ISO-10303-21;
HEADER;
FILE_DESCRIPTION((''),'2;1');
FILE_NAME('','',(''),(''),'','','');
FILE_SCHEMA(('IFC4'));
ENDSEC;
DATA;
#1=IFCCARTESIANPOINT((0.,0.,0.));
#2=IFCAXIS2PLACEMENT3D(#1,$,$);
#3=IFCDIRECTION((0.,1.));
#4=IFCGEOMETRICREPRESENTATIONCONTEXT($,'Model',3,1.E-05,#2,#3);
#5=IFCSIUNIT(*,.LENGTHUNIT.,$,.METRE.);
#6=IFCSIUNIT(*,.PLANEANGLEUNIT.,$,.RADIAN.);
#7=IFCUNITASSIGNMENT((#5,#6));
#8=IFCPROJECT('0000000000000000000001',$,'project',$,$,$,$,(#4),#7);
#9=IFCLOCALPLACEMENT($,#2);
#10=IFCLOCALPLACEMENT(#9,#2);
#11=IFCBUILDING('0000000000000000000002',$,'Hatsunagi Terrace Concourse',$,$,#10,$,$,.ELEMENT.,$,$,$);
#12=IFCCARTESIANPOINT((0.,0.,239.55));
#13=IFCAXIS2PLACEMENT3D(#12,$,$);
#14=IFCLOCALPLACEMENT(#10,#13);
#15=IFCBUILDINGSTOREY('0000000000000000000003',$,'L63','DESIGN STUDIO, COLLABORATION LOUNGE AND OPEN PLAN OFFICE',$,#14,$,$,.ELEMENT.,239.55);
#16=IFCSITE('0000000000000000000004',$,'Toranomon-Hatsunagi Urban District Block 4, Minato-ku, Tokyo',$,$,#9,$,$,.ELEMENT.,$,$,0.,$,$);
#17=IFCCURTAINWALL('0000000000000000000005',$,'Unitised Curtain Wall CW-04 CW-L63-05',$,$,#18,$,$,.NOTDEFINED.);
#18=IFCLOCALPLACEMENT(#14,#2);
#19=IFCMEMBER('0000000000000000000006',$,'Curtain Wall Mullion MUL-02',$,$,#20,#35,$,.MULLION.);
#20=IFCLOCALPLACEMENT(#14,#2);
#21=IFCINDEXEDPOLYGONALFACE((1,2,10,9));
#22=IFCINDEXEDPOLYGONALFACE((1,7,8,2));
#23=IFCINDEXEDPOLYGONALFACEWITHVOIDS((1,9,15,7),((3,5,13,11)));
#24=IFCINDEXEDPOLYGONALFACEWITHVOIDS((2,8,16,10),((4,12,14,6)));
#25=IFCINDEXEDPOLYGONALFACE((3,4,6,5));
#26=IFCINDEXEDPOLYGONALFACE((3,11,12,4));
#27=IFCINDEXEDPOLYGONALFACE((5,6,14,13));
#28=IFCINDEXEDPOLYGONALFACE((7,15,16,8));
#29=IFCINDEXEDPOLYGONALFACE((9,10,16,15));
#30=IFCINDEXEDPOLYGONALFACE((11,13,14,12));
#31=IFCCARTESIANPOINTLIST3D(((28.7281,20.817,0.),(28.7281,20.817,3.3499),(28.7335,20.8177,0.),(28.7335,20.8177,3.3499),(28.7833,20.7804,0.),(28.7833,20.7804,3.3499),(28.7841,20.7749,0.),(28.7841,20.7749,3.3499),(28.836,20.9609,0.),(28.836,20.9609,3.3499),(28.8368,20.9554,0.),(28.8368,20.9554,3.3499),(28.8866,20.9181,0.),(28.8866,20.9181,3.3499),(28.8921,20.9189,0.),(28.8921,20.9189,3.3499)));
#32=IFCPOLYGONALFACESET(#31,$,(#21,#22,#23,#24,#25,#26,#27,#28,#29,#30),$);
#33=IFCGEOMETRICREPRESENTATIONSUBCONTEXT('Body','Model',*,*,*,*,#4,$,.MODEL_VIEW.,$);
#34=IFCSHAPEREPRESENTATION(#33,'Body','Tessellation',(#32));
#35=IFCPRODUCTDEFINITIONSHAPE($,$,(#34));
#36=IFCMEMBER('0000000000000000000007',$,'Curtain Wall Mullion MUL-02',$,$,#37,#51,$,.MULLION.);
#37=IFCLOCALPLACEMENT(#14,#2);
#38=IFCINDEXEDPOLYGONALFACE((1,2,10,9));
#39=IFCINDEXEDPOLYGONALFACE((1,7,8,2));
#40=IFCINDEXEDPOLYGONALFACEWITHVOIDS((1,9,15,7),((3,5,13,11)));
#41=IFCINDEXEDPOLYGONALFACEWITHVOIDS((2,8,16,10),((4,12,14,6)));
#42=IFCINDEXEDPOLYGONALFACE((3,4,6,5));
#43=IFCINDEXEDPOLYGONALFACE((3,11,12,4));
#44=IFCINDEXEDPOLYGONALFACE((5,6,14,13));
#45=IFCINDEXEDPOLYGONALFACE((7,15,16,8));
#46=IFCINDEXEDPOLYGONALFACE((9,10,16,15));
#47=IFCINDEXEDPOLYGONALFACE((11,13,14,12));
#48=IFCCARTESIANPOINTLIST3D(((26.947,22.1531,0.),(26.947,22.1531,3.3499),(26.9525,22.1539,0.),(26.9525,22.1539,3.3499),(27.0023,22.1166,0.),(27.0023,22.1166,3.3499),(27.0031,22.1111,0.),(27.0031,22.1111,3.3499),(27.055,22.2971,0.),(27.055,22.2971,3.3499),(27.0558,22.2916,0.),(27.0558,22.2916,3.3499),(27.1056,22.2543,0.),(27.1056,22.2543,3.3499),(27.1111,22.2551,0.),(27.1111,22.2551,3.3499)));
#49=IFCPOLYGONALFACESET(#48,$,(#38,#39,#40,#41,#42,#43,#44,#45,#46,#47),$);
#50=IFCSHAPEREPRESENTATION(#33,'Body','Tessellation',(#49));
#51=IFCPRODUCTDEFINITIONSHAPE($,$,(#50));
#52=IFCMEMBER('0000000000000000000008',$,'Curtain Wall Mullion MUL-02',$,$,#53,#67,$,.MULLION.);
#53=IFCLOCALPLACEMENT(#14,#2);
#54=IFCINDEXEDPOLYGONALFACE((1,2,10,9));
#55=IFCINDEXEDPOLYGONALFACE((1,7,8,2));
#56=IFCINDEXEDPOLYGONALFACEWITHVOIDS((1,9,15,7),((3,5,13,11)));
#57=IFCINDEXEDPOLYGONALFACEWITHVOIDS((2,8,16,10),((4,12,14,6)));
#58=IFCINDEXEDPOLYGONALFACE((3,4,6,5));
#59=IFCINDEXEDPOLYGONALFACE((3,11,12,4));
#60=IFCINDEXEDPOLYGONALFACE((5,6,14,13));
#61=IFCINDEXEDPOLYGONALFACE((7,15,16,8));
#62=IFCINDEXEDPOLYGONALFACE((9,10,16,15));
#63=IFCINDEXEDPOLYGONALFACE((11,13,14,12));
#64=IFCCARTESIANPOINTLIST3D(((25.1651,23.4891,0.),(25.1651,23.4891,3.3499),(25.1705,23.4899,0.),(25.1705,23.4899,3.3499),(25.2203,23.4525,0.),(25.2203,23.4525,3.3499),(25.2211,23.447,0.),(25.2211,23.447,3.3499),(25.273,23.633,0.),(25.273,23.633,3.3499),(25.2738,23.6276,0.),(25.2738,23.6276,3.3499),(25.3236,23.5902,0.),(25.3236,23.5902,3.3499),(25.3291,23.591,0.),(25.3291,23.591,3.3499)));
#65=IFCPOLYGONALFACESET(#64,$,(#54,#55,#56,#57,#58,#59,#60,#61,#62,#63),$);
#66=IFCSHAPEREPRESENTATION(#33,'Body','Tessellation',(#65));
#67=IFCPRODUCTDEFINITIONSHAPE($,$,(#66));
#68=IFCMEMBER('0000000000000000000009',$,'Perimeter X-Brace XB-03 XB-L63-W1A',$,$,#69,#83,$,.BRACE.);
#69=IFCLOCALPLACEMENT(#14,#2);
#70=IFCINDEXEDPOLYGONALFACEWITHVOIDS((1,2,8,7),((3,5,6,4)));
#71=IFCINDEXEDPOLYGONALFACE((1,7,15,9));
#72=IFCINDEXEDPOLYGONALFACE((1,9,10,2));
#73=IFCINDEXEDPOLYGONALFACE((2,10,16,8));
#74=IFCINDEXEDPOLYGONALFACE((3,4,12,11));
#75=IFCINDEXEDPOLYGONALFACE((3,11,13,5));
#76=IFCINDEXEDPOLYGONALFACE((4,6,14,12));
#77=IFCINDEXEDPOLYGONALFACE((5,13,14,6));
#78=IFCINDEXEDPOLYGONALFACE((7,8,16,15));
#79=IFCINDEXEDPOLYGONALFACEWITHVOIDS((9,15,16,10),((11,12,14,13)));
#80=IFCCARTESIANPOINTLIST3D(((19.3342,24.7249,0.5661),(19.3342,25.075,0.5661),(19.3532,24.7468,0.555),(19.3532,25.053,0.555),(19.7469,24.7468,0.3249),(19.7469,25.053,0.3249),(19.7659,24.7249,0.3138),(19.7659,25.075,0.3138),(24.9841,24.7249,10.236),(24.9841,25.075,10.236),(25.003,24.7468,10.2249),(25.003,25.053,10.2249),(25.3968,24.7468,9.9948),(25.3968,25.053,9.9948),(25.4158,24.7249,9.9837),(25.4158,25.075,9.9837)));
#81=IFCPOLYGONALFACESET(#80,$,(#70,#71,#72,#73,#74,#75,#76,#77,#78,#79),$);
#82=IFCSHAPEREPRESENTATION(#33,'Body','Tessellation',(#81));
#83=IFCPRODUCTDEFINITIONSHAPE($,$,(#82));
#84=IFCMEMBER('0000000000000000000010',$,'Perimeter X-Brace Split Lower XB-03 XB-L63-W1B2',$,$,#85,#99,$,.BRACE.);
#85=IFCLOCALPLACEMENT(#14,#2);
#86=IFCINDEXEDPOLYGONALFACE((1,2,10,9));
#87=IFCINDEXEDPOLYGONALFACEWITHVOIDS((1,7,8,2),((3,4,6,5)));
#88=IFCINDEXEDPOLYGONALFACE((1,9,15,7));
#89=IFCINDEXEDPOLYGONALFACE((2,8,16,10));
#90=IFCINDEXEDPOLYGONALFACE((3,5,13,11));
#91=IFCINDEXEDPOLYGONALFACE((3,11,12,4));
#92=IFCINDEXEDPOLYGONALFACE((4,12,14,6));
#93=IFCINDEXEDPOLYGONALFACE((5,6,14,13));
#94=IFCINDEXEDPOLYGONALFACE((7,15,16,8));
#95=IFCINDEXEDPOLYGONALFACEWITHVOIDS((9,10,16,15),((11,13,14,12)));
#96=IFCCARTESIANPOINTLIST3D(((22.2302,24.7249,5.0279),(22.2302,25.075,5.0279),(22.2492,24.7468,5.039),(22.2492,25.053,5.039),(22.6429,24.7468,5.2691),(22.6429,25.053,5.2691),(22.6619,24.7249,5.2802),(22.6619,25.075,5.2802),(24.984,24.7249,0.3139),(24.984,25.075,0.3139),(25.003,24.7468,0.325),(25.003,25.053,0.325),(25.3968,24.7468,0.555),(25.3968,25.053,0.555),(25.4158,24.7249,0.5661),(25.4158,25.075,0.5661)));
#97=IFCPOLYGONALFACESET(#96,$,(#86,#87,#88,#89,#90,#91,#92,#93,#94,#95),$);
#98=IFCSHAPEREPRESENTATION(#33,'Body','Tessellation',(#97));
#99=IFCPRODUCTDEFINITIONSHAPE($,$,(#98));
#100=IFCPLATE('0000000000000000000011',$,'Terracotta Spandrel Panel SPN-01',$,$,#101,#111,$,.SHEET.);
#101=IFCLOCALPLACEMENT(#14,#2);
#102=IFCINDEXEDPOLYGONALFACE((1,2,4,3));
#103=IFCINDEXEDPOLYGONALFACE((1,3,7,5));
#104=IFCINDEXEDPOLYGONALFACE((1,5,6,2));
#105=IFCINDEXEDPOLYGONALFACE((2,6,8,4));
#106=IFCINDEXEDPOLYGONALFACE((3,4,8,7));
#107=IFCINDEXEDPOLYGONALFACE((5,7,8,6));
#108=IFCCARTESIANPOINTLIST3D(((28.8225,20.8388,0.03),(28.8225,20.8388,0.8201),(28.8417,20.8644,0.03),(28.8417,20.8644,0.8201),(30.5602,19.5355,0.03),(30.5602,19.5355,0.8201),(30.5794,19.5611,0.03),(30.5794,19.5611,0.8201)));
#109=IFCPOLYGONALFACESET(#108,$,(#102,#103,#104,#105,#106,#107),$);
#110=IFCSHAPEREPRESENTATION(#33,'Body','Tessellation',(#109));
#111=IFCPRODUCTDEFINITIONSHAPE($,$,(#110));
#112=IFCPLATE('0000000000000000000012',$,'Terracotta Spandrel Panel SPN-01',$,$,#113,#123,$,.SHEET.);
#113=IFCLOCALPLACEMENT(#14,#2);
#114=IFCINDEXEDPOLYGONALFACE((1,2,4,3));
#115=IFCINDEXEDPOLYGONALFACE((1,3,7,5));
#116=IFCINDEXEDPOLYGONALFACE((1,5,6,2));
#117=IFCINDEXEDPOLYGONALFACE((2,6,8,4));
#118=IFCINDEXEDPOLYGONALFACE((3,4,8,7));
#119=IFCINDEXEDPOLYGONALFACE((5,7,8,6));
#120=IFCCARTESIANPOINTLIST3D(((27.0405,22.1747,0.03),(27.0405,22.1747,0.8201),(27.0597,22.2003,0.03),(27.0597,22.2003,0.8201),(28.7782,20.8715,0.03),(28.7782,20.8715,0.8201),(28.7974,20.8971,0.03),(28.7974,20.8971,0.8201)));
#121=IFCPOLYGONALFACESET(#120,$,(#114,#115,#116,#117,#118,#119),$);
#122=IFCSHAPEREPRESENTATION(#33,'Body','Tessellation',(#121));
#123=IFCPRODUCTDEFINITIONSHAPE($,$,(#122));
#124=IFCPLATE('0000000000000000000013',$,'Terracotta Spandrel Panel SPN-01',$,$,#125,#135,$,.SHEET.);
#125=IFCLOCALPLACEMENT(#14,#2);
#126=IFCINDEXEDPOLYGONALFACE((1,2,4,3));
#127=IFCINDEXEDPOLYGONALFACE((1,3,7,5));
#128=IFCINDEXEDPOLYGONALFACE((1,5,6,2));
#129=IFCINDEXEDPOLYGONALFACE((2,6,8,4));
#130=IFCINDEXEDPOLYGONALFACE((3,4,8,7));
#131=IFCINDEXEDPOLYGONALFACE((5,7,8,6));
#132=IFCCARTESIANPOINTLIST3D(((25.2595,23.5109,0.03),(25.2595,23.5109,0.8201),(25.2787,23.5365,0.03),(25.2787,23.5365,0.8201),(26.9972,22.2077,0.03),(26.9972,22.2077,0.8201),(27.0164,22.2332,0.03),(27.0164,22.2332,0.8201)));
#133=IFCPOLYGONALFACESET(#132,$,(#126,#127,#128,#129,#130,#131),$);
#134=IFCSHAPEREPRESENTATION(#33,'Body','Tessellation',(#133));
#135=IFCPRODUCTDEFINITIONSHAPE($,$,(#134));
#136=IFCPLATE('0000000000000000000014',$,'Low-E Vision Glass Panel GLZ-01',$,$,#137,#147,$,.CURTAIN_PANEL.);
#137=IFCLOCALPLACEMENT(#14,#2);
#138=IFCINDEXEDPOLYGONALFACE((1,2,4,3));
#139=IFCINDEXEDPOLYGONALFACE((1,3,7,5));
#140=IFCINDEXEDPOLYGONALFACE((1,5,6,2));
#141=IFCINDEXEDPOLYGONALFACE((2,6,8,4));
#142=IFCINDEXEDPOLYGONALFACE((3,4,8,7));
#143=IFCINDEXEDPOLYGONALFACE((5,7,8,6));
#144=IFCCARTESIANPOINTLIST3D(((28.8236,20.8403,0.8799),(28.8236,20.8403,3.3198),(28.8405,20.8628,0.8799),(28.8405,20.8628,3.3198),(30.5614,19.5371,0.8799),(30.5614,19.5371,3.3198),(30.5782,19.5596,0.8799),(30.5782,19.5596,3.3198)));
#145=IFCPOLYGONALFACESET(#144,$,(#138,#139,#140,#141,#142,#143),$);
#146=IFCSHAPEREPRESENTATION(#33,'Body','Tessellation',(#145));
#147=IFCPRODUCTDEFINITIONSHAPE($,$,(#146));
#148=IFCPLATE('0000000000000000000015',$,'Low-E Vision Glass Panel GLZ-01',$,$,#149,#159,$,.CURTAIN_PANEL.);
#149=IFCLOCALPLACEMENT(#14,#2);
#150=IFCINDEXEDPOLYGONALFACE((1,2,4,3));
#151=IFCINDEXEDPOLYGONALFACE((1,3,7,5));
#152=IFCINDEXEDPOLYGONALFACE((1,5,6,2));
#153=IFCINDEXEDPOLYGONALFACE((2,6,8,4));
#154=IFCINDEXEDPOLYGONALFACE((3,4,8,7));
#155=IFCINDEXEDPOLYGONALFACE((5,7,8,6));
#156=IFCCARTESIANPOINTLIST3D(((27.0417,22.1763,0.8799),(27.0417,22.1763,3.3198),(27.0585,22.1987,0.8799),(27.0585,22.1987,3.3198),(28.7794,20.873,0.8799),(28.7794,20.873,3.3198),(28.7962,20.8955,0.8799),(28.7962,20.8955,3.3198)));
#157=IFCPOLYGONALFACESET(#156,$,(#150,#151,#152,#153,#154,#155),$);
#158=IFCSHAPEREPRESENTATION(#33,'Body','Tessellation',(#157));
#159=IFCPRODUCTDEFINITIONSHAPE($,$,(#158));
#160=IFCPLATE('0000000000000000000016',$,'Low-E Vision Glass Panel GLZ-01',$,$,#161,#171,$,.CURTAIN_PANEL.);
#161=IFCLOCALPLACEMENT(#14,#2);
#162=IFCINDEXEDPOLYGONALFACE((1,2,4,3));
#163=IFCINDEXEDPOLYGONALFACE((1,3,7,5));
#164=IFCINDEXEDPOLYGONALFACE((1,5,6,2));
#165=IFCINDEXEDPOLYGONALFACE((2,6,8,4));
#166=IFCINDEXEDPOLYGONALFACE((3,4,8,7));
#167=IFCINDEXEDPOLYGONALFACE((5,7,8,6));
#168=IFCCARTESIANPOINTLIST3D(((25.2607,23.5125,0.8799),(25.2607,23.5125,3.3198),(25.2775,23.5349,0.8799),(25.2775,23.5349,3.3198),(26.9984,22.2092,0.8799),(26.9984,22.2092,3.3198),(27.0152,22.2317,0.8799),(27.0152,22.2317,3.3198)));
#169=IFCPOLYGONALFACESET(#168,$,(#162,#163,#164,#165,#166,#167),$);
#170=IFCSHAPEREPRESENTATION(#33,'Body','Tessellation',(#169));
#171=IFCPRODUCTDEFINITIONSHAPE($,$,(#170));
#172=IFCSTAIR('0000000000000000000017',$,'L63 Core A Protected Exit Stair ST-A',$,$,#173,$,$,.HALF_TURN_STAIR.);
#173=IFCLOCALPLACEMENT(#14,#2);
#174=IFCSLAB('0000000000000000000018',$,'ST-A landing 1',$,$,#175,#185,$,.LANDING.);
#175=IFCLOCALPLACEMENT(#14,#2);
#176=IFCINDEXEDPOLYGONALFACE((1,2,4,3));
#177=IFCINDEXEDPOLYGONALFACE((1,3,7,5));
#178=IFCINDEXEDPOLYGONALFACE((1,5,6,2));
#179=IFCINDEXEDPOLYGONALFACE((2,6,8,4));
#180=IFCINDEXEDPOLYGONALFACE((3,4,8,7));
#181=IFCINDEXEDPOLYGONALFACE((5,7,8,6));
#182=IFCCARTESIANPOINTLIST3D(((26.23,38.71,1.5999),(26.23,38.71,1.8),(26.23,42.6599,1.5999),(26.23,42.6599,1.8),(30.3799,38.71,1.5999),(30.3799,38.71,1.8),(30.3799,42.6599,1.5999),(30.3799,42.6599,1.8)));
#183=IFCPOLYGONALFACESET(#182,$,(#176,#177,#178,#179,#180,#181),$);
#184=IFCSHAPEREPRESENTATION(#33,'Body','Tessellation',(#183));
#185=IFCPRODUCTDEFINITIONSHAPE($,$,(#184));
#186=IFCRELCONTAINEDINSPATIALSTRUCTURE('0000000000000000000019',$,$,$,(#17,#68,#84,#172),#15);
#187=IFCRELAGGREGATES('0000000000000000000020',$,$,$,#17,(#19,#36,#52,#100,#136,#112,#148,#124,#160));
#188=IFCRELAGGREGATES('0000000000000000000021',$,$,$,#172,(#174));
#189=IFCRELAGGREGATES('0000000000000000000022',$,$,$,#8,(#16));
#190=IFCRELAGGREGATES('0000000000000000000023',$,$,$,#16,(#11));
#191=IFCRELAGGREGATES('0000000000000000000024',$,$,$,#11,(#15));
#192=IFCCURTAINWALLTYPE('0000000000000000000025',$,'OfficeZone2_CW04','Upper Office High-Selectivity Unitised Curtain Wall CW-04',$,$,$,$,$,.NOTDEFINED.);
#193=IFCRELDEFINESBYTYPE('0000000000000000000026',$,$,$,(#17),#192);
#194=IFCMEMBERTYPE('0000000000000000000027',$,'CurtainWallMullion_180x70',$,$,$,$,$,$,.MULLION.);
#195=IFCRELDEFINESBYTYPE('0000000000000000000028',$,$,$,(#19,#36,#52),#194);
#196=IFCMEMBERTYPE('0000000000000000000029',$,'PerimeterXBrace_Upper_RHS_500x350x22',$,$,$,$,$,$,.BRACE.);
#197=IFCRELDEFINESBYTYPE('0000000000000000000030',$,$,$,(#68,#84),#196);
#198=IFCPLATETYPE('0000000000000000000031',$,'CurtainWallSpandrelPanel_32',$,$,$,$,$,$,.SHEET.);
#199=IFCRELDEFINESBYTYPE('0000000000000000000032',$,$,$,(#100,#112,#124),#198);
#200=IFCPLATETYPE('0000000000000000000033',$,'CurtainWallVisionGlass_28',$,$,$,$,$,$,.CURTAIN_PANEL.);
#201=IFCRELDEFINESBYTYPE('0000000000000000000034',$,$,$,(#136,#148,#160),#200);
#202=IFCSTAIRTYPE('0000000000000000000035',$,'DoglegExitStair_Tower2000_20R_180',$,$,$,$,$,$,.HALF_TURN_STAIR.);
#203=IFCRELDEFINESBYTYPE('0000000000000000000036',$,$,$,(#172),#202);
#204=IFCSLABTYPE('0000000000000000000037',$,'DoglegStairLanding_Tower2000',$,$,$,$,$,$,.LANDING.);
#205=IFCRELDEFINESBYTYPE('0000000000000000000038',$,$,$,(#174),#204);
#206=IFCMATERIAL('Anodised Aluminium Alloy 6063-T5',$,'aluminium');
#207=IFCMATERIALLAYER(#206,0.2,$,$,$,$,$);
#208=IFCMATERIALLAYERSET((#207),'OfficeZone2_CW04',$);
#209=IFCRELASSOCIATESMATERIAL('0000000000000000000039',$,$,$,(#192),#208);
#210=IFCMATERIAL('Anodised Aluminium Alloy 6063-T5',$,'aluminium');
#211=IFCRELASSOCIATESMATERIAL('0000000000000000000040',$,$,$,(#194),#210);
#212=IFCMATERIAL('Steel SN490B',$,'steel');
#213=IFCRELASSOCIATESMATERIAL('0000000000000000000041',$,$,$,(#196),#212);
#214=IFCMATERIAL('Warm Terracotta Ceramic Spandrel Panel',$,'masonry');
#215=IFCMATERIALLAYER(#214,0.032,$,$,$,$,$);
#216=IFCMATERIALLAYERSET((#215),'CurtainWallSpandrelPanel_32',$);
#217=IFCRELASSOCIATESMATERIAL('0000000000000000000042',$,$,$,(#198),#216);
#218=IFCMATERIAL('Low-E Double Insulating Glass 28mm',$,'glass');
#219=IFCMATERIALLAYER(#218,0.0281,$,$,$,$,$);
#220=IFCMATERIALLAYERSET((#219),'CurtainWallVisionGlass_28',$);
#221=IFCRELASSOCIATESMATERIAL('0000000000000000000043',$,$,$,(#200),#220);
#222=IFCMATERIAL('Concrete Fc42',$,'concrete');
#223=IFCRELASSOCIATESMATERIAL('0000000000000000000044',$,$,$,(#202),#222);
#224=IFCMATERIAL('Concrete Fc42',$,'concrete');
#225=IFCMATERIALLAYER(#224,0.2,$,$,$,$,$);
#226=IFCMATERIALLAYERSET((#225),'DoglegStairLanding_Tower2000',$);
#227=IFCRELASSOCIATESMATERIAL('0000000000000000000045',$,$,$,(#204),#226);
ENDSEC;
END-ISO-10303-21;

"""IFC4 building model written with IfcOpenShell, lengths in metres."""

from ifc_helpers import new_model, si_unit, direction, frame, origin, origin_2d, place, context, subcontext, project, spatial, polyline, rectangle, hollow_rectangle, outline, extrude, material, layer, layer_set, material_profile, profile_set, type_object, element, aggregate, save


model = new_model("IFC4")

# Units and contexts
model_context = context("Model", 3, precision=1e-05, world=origin(), true_north=direction((0.0, 1.0)))
body_context = subcontext(model_context, "Body", "Model", "MODEL_VIEW")
ifc_project = project(units=[si_unit("LENGTHUNIT", "METRE"), si_unit("PLANEANGLEUNIT", "RADIAN")], contexts=[model_context])

# Site, building, storey
site_placement = place(None, origin())
site = spatial("IfcSite", under=ifc_project, at=site_placement, Name="Toranomon-Hatsunagi Urban District Block 4, Minato-ku, Tokyo", CompositionType="ELEMENT", RefElevation=0.0)
building_placement = place(site_placement, origin())
building = spatial("IfcBuilding", under=site, at=building_placement, Name="Hatsunagi Terrace Concourse", CompositionType="ELEMENT")
storey_placement = place(building_placement, frame((0.0, 0.0, 239.55)))
storey = spatial("IfcBuildingStorey", under=building, at=storey_placement, Name="L63", Description="DESIGN STUDIO, COLLABORATION LOUNGE AND OPEN PLAN OFFICE", CompositionType="ELEMENT", Elevation=239.55)

# Curtain wall, members
ifc_material_1 = material(Name="Anodised Aluminium Alloy 6063-T5", Category="aluminium")
ifc_layer_1 = layer(ifc_material_1, 0.2)
ifc_layer_set_1 = layer_set([ifc_layer_1], Name="OfficeZone2_CW04")
curtain_wall_type = type_object("IfcCurtainWallType", Name="OfficeZone2_CW04", Description="Upper Office High-Selectivity Unitised Curtain Wall CW-04", PredefinedType="NOTDEFINED", material=ifc_layer_set_1)
curtain_wall_placement = place(storey_placement, origin())
curtain_wall = element("IfcCurtainWall", 1, at=curtain_wall_placement, inside=storey, type_object=curtain_wall_type, Name="Unitised Curtain Wall CW-04 CW-L63-05", PredefinedType="NOTDEFINED")
ifc_material_2 = material(Name="Anodised Aluminium Alloy 6063-T5", Category="aluminium")
ifc_material_profile_1 = material_profile(ifc_material_2, hollow_rectangle(XDim=0.0701, YDim=0.1799, WallThickness=0.0039, at=origin_2d()), Name="ALU-MUL-180x70x4")
ifc_profile_set_1 = profile_set([ifc_material_profile_1], Name="Anodised Aluminium Alloy 6063-T5")
member_type_1 = type_object("IfcMemberType", Name="CurtainWallMullion_180x70", PredefinedType="MULLION", material=ifc_profile_set_1)
member_1_placement = place(storey_placement, frame((28.8101, 20.8679, 0.0), z_axis=(0.0, 0.0, 1.0), x_axis=(-0.800007, 0.59999, 0.0)))
member_1 = element("IfcMember", 2, at=member_1_placement, type_object=member_type_1, Name="Curtain Wall Mullion MUL-02", PredefinedType="MULLION", context=body_context, shape_type="SweptSolid", body=[
    extrude(hollow_rectangle(XDim=0.0701, YDim=0.1799, WallThickness=0.0039, at=origin_2d()), origin(), (0.0, 0.0, 1.0), 3.3499),
])
member_2_placement = place(storey_placement, frame((27.0291, 22.2041, 0.0), z_axis=(0.0, 0.0, 1.0), x_axis=(-0.800007, 0.59999, 0.0)))
member_2 = element("IfcMember", 3, at=member_2_placement, type_object=member_type_1, Name="Curtain Wall Mullion MUL-02", PredefinedType="MULLION", context=body_context, shape_type="SweptSolid", body=[
    extrude(hollow_rectangle(XDim=0.0701, YDim=0.1799, WallThickness=0.0039, at=origin_2d()), origin(), (0.0, 0.0, 1.0), 3.3499),
])
member_3_placement = place(storey_placement, frame((25.2471, 23.54, 0.0), z_axis=(0.0, 0.0, 1.0), x_axis=(-0.800007, 0.59999, 0.0)))
member_3 = element("IfcMember", 4, at=member_3_placement, type_object=member_type_1, Name="Curtain Wall Mullion MUL-02", PredefinedType="MULLION", context=body_context, shape_type="SweptSolid", body=[
    extrude(hollow_rectangle(XDim=0.0701, YDim=0.1799, WallThickness=0.0039, at=origin_2d()), origin(), (0.0, 0.0, 1.0), 3.3499),
])

# Members
ifc_material_3 = material(Name="Steel SN490B", Category="steel")
ifc_material_profile_2 = material_profile(ifc_material_3, hollow_rectangle(XDim=0.3501, YDim=0.5, WallThickness=0.022, at=origin_2d()), Name="RHS-500x350x22")
ifc_profile_set_2 = profile_set([ifc_material_profile_2], Name="Steel SN490B")
member_type_2 = type_object("IfcMemberType", Name="PerimeterXBrace_Upper_RHS_500x350x22", PredefinedType="BRACE", material=ifc_profile_set_2)
member_4_placement = place(storey_placement, frame((19.55, 24.8999, 0.4399), z_axis=(0.504478, 0.0, 0.863424), x_axis=(0.0, 1.0, 0.0)))
element("IfcMember", 5, at=member_4_placement, inside=storey, type_object=member_type_2, Name="Perimeter X-Brace XB-03 XB-L63-W1A", PredefinedType="BRACE", context=body_context, shape_type="SweptSolid", body=[
    extrude(hollow_rectangle(XDim=0.3501, YDim=0.5, WallThickness=0.022, at=origin_2d()), origin(), (0.0, 0.0, 1.0), 11.1995),
])
member_5_placement = place(storey_placement, frame((22.446, 24.8999, 5.1541), z_axis=(0.504419, 0.0, -0.863459), x_axis=(0.0, 1.0, 0.0)))
element("IfcMember", 6, at=member_5_placement, inside=storey, type_object=member_type_2, Name="Perimeter X-Brace Split Lower XB-03 XB-L63-W1B2", PredefinedType="BRACE", context=body_context, shape_type="SweptSolid", body=[
    extrude(hollow_rectangle(XDim=0.3501, YDim=0.5, WallThickness=0.022, at=origin_2d()), origin(), (0.0, 0.0, 1.0), 5.4595),
])

# Plates
ifc_material_4 = material(Name="Warm Terracotta Ceramic Spandrel Panel", Category="masonry")
ifc_layer_2 = layer(ifc_material_4, 0.032)
ifc_layer_set_2 = layer_set([ifc_layer_2], Name="CurtainWallSpandrelPanel_32")
plate_type_1 = type_object("IfcPlateType", Name="CurtainWallSpandrelPanel_32", PredefinedType="SHEET", material=ifc_layer_set_2)
plate_1_placement = place(storey_placement, frame((29.7009, 20.2, 0.03), z_axis=(0.0, 0.0, 1.0), x_axis=(-0.800007, 0.59999, 0.0)))
plate_1 = element("IfcPlate", 7, at=plate_1_placement, type_object=plate_type_1, Name="Terracotta Spandrel Panel SPN-01", PredefinedType="SHEET", context=body_context, shape_type="SweptSolid", body=[
    extrude(rectangle(XDim=2.1721, YDim=0.032, at=origin_2d()), origin(), (0.0, 0.0, 1.0), 0.79),
])
plate_2_placement = place(storey_placement, frame((27.9189, 21.5359, 0.03), z_axis=(0.0, 0.0, 1.0), x_axis=(-0.800007, 0.59999, 0.0)))
plate_2 = element("IfcPlate", 8, at=plate_2_placement, type_object=plate_type_1, Name="Terracotta Spandrel Panel SPN-01", PredefinedType="SHEET", context=body_context, shape_type="SweptSolid", body=[
    extrude(rectangle(XDim=2.1721, YDim=0.032, at=origin_2d()), origin(), (0.0, 0.0, 1.0), 0.79),
])
plate_3_placement = place(storey_placement, frame((26.1379, 22.8721, 0.03), z_axis=(0.0, 0.0, 1.0), x_axis=(-0.800007, 0.59999, 0.0)))
plate_3 = element("IfcPlate", 9, at=plate_3_placement, type_object=plate_type_1, Name="Terracotta Spandrel Panel SPN-01", PredefinedType="SHEET", context=body_context, shape_type="SweptSolid", body=[
    extrude(rectangle(XDim=2.1721, YDim=0.032, at=origin_2d()), origin(), (0.0, 0.0, 1.0), 0.79),
])
ifc_material_5 = material(Name="Low-E Double Insulating Glass 28mm", Category="glass")
ifc_layer_3 = layer(ifc_material_5, 0.0281)
ifc_layer_set_3 = layer_set([ifc_layer_3], Name="CurtainWallVisionGlass_28")
plate_type_2 = type_object("IfcPlateType", Name="CurtainWallVisionGlass_28", PredefinedType="CURTAIN_PANEL", material=ifc_layer_set_3)
plate_4_placement = place(storey_placement, frame((29.7009, 20.2, 0.8799), z_axis=(0.0, 0.0, 1.0), x_axis=(-0.800007, 0.59999, 0.0)))
plate_4 = element("IfcPlate", 10, at=plate_4_placement, type_object=plate_type_2, Name="Low-E Vision Glass Panel GLZ-01", PredefinedType="CURTAIN_PANEL", context=body_context, shape_type="SweptSolid", body=[
    extrude(rectangle(XDim=2.1721, YDim=0.0281, at=origin_2d()), origin(), (0.0, 0.0, 1.0), 2.4399),
])
plate_5_placement = place(storey_placement, frame((27.9189, 21.5359, 0.8799), z_axis=(0.0, 0.0, 1.0), x_axis=(-0.800007, 0.59999, 0.0)))
plate_5 = element("IfcPlate", 11, at=plate_5_placement, type_object=plate_type_2, Name="Low-E Vision Glass Panel GLZ-01", PredefinedType="CURTAIN_PANEL", context=body_context, shape_type="SweptSolid", body=[
    extrude(rectangle(XDim=2.1721, YDim=0.0281, at=origin_2d()), origin(), (0.0, 0.0, 1.0), 2.4399),
])
plate_6_placement = place(storey_placement, frame((26.1379, 22.8721, 0.8799), z_axis=(0.0, 0.0, 1.0), x_axis=(-0.800007, 0.59999, 0.0)))
plate_6 = element("IfcPlate", 12, at=plate_6_placement, type_object=plate_type_2, Name="Low-E Vision Glass Panel GLZ-01", PredefinedType="CURTAIN_PANEL", context=body_context, shape_type="SweptSolid", body=[
    extrude(rectangle(XDim=2.1721, YDim=0.0281, at=origin_2d()), origin(), (0.0, 0.0, 1.0), 2.4399),
])
aggregate(curtain_wall, [member_1, member_2, member_3, plate_1, plate_4, plate_2, plate_5, plate_3, plate_6])

# Stair, slab
ifc_material_6 = material(Name="Concrete Fc42", Category="concrete")
stair_type = type_object("IfcStairType", Name="DoglegExitStair_Tower2000_20R_180", PredefinedType="HALF_TURN_STAIR", material=ifc_material_6)
stair_1_placement = place(storey_placement, origin())
stair_1 = element("IfcStair", 13, at=stair_1_placement, inside=storey, type_object=stair_type, Name="L63 Core A Protected Exit Stair ST-A", PredefinedType="HALF_TURN_STAIR")
ifc_material_7 = material(Name="Concrete Fc42", Category="concrete")
ifc_layer_4 = layer(ifc_material_7, 0.2)
ifc_layer_set_4 = layer_set([ifc_layer_4], Name="DoglegStairLanding_Tower2000")
slab_type_1 = type_object("IfcSlabType", Name="DoglegStairLanding_Tower2000", PredefinedType="LANDING", material=ifc_layer_set_4)
slab_1_placement = place(storey_placement, frame((0.0, 0.0, 1.5999)))
slab_1 = element("IfcSlab", 14, at=slab_1_placement, type_object=slab_type_1, Name="ST-A landing 1", PredefinedType="LANDING", context=body_context, shape_type="SweptSolid", body=[
    extrude(outline(polyline([(30.3799, 38.71), (30.3799, 42.6599), (26.23, 42.6599), (26.23, 38.71), (30.3799, 38.71)])), origin(), (0.0, 0.0, 1.0), 0.2002),
])
aggregate(stair_1, [slab_1])

save(model, "model.ifc")
